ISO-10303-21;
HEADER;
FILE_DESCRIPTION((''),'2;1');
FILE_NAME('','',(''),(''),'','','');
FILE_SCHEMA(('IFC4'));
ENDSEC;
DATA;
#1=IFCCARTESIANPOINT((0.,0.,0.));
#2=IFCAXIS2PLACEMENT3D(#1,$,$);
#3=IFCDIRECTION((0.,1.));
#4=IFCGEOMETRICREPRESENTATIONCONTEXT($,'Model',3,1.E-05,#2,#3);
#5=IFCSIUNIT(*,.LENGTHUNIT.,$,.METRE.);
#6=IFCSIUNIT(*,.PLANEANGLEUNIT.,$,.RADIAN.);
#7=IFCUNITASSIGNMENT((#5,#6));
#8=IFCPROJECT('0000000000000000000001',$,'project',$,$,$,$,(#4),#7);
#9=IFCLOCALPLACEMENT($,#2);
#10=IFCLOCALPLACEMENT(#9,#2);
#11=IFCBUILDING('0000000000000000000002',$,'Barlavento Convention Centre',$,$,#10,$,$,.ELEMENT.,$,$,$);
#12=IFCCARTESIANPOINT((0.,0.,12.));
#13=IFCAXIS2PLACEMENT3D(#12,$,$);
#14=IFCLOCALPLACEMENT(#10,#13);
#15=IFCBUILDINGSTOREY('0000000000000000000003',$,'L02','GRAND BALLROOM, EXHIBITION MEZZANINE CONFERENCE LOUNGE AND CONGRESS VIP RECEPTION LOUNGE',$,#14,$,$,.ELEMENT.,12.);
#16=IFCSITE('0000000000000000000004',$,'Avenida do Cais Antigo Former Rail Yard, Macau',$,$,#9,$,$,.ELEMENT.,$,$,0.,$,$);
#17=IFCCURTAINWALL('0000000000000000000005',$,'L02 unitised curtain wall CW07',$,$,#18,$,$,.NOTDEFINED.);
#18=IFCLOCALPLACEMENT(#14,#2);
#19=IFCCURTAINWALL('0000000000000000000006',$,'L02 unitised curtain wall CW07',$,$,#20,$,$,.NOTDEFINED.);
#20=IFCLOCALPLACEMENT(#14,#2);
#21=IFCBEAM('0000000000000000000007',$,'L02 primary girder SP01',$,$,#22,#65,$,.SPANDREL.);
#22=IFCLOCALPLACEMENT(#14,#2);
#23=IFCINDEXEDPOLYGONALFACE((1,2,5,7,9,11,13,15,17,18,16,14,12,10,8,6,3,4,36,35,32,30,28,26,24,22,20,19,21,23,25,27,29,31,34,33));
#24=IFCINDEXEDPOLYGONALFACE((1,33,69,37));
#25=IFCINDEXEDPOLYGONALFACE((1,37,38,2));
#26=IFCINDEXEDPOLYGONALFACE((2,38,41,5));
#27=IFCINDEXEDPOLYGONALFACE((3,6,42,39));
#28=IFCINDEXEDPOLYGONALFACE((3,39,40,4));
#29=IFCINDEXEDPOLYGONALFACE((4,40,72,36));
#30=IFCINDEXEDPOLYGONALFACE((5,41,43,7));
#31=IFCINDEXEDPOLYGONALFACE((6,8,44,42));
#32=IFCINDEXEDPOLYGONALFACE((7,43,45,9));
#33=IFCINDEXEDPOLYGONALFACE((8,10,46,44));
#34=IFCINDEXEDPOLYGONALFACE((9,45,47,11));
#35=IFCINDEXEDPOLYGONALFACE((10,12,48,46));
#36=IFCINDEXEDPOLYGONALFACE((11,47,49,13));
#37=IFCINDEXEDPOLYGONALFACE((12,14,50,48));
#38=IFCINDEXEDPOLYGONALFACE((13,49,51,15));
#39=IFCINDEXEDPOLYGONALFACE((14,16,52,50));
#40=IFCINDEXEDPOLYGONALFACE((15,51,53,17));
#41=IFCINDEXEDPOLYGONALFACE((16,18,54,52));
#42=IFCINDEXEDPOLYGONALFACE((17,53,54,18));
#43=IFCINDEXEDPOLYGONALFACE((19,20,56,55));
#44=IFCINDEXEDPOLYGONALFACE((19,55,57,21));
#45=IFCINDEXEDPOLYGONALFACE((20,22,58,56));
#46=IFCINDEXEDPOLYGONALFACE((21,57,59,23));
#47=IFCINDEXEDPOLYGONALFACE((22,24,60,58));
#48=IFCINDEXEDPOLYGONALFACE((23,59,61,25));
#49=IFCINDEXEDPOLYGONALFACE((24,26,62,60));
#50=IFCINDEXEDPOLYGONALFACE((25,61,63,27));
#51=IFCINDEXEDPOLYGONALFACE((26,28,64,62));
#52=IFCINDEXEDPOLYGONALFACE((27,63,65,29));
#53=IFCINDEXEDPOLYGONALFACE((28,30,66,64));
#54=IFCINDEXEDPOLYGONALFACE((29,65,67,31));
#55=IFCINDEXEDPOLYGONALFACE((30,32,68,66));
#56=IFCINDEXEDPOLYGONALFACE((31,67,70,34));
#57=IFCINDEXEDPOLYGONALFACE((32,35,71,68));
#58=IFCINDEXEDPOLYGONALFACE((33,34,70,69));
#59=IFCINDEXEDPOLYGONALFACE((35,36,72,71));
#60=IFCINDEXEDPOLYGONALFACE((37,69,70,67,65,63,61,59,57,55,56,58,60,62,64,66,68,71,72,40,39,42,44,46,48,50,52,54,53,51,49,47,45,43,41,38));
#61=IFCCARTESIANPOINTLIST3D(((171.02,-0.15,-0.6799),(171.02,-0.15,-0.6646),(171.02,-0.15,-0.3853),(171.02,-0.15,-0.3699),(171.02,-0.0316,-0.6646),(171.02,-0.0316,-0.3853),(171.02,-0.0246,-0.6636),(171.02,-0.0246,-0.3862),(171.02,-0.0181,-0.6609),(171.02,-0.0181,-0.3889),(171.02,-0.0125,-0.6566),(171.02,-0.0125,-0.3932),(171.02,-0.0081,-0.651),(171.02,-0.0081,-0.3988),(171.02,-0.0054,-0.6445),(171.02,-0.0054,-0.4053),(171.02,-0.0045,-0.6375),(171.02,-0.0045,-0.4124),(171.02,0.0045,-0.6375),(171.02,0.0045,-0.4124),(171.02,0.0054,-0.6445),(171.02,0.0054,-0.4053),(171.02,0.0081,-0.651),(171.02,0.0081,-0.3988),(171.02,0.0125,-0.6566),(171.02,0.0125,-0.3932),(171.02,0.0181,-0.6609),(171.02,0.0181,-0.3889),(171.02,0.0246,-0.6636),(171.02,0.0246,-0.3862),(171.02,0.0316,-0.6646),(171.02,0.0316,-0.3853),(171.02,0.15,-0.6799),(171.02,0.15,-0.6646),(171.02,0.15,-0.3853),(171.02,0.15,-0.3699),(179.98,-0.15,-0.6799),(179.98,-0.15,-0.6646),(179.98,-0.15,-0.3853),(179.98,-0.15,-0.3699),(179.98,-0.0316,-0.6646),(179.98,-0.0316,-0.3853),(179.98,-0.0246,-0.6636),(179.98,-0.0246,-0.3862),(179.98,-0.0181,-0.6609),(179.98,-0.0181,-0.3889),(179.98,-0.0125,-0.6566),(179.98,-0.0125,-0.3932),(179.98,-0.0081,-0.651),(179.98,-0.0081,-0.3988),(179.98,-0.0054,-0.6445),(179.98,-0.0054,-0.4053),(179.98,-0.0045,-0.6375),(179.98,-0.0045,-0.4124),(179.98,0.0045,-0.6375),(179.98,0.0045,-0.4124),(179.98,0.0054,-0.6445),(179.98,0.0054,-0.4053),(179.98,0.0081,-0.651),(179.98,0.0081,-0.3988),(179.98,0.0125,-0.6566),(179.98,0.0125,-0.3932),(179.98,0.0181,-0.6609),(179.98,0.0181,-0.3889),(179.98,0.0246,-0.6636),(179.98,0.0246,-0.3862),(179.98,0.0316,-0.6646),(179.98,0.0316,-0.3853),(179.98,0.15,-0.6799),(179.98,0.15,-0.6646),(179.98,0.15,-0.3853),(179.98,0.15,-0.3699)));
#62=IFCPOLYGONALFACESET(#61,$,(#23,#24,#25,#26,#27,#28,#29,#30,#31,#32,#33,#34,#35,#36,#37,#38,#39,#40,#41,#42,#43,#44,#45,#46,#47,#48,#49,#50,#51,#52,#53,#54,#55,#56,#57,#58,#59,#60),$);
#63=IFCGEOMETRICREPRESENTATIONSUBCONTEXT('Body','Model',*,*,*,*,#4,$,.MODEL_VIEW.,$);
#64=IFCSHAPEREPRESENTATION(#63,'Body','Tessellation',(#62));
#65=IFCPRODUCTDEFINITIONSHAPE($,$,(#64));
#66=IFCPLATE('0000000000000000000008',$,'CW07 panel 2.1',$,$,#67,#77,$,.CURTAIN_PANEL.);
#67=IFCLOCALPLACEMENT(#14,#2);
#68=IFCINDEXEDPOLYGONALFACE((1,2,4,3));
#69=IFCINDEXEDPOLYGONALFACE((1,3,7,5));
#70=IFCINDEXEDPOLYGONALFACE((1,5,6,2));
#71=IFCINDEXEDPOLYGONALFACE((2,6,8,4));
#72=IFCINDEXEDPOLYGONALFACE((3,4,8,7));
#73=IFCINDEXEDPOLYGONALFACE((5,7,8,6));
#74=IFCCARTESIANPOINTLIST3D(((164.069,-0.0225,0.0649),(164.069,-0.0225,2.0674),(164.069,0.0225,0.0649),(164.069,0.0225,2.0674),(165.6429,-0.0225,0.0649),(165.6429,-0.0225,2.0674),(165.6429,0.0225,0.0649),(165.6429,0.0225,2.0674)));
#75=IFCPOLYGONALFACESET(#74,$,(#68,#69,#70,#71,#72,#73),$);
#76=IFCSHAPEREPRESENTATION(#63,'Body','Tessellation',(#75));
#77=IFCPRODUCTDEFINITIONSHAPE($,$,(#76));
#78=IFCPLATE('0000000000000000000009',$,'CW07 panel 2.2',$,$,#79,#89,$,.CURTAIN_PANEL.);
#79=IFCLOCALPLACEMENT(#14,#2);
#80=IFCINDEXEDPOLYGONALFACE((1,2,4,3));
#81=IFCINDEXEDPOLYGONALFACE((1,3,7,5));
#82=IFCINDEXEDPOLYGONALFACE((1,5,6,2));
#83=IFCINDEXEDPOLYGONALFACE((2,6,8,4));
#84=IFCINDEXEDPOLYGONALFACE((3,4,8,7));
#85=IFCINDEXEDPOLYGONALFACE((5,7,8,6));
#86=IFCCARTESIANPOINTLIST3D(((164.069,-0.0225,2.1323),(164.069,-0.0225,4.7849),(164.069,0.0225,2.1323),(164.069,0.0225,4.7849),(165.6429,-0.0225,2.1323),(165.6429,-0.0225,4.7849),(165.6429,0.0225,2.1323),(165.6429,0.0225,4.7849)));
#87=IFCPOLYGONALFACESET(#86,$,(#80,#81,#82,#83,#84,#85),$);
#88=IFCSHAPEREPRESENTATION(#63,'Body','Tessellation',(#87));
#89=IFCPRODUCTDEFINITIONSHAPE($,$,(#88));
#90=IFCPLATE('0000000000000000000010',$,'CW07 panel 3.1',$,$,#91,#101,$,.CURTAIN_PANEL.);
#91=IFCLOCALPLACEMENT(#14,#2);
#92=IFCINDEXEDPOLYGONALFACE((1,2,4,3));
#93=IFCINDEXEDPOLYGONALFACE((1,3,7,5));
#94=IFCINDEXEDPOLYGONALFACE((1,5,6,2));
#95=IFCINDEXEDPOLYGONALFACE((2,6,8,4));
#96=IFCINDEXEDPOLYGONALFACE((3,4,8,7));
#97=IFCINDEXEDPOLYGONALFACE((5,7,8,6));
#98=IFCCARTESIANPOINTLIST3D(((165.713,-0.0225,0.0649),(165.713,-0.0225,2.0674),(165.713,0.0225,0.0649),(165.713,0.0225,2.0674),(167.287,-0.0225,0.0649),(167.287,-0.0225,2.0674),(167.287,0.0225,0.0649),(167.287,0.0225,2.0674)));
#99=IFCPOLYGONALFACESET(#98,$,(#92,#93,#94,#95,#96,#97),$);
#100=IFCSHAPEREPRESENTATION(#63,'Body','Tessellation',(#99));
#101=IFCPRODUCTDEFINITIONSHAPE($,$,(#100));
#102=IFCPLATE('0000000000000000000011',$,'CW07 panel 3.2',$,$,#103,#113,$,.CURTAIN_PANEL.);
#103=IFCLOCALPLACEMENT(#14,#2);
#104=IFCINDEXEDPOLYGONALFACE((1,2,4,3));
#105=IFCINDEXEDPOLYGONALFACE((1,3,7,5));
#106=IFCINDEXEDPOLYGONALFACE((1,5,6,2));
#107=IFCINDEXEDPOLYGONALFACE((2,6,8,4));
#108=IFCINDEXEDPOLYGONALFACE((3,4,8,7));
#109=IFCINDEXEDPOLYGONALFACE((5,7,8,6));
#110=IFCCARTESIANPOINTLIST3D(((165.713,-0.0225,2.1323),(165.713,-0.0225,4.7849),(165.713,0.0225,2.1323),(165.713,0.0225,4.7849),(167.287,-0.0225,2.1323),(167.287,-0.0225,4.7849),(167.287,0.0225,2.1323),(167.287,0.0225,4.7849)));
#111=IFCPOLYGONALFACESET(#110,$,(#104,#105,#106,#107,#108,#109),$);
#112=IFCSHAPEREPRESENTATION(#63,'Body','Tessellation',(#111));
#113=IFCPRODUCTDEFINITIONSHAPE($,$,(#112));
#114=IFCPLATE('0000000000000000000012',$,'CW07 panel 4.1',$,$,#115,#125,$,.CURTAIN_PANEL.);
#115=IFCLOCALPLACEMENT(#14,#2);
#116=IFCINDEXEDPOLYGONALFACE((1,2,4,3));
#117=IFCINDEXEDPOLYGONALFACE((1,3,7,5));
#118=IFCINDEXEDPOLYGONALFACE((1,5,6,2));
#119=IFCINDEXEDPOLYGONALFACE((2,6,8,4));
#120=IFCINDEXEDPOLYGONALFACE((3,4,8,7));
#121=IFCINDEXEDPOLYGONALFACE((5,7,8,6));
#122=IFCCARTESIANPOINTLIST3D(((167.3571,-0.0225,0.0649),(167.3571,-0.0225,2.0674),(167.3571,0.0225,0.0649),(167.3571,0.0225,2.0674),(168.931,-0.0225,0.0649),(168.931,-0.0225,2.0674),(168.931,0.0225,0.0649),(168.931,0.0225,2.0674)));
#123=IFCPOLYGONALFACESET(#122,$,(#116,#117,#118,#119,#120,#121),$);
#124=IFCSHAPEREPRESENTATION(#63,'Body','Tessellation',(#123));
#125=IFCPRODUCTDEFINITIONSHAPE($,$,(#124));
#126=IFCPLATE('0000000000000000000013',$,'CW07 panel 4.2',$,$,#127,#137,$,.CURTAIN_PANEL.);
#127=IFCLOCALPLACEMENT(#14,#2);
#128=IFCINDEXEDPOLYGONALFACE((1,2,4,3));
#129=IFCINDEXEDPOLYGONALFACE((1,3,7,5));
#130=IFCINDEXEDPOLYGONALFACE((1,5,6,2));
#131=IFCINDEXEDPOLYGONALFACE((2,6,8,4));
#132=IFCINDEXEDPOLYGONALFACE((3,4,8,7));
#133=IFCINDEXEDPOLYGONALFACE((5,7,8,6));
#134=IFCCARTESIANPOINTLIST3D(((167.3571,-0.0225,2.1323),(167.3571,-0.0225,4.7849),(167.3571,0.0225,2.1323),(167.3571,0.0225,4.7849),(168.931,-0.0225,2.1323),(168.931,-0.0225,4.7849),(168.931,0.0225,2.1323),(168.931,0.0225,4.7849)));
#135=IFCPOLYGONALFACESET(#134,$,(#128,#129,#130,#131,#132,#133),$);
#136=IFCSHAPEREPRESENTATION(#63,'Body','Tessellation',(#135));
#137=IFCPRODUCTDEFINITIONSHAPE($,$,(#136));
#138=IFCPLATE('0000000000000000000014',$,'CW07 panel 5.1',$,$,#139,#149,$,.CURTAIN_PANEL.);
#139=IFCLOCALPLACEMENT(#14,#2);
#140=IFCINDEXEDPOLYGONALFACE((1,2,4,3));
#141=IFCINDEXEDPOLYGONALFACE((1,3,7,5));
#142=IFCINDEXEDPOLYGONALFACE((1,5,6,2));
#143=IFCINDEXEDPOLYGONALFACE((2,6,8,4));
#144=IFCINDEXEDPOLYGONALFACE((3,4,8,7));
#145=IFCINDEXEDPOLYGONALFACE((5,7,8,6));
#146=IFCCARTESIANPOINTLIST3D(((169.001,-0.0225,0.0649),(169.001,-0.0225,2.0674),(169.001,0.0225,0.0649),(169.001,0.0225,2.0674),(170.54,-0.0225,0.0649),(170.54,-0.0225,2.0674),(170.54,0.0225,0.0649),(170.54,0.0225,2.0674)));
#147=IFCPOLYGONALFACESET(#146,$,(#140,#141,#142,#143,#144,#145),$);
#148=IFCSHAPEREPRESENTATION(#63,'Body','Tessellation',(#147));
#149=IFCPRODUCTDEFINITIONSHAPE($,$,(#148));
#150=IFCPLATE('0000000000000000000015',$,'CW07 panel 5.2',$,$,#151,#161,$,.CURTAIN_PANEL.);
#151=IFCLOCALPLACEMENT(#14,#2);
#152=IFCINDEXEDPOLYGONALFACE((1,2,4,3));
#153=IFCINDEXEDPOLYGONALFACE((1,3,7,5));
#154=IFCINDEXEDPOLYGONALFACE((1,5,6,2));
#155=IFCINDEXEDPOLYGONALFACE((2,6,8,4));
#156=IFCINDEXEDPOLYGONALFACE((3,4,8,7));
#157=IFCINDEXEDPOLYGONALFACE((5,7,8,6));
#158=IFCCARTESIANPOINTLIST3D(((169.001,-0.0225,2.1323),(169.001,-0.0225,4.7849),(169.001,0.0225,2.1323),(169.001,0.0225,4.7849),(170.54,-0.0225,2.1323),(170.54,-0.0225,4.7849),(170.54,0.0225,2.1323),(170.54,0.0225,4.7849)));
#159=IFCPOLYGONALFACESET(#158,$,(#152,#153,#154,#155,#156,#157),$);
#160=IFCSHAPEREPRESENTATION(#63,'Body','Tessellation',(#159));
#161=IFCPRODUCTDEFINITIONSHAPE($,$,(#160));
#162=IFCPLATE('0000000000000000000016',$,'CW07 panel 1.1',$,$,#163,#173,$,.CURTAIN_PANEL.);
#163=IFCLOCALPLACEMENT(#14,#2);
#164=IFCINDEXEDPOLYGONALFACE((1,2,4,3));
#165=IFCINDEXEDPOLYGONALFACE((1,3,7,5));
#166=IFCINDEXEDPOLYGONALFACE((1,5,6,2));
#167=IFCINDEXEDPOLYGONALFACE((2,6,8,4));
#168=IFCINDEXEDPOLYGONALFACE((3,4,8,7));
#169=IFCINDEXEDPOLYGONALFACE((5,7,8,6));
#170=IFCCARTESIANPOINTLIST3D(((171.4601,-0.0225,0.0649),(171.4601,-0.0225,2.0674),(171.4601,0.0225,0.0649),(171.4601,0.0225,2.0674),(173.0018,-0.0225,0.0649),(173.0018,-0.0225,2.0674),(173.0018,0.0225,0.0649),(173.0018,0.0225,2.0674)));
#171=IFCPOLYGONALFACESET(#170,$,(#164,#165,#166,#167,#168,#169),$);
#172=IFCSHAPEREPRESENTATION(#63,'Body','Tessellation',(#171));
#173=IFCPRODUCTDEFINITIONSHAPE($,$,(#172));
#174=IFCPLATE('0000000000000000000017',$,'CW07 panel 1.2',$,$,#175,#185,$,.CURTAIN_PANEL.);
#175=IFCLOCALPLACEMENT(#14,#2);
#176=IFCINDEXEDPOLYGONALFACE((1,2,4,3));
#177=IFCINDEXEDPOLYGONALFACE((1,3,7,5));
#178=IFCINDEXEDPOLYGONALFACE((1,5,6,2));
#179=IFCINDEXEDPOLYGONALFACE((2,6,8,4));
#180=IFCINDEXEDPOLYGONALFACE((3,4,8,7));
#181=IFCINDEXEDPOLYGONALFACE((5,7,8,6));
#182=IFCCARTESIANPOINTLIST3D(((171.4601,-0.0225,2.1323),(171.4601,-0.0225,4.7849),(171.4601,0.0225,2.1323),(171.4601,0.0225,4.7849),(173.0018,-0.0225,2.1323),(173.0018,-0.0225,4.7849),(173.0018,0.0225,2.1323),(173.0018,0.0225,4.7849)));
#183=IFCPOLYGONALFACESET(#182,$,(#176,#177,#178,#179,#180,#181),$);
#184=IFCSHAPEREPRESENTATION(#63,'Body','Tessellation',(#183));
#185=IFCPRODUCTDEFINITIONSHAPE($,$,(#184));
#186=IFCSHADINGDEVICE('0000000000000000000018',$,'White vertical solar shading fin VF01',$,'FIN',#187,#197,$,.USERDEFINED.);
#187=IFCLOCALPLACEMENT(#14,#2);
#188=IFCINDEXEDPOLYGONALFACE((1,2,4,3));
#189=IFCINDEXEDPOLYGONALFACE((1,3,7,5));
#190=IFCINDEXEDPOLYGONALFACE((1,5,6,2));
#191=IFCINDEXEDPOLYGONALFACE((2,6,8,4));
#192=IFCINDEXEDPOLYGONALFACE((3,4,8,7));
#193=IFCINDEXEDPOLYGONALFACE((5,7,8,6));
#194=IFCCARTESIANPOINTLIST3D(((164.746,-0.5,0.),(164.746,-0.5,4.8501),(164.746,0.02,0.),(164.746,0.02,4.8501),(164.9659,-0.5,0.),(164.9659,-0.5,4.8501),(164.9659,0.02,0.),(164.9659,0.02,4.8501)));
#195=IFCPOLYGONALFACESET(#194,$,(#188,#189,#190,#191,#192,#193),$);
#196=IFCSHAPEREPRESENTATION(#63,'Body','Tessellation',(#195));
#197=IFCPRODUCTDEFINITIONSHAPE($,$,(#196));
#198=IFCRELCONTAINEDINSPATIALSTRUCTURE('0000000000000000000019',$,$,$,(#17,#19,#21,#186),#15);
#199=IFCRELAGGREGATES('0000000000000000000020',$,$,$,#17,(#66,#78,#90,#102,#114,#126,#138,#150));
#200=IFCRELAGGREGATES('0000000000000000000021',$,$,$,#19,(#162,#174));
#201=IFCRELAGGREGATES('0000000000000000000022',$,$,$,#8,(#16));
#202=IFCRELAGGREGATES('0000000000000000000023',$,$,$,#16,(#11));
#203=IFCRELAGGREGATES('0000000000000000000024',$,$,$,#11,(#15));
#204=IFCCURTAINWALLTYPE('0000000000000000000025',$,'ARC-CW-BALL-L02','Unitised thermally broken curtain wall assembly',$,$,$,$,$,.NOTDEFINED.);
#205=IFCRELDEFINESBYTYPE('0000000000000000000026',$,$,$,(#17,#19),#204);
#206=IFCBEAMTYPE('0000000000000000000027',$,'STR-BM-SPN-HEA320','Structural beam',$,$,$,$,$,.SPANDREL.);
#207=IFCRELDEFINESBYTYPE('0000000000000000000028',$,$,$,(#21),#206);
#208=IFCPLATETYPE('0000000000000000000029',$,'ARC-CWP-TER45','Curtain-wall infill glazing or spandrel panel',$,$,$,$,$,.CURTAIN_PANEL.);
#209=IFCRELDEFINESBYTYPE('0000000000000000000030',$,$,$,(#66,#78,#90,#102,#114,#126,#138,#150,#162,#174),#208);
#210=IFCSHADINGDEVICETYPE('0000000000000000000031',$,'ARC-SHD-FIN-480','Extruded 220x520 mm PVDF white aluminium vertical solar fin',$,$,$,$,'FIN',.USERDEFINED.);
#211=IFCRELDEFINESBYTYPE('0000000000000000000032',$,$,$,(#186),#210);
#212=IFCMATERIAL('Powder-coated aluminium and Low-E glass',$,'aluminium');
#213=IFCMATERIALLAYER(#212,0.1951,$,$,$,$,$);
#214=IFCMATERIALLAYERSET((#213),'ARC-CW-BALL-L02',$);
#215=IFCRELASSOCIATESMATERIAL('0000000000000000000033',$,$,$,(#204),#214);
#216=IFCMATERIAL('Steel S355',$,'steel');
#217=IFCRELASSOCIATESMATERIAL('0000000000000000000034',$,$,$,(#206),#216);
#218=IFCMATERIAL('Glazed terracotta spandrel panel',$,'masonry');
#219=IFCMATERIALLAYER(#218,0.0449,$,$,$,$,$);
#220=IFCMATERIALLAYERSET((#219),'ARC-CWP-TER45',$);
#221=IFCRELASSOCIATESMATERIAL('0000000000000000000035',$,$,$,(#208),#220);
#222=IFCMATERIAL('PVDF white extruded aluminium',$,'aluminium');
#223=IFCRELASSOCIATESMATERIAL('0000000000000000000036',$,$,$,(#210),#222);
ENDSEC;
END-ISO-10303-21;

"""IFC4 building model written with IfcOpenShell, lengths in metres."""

from ifc_helpers import new_model, si_unit, direction, frame, origin, origin_2d, place, context, subcontext, project, spatial, rectangle, i_section, extrude, material, layer, layer_set, material_profile, profile_set, type_object, element, aggregate, save


model = new_model("IFC4")

# Units and contexts
model_context = context("Model", 3, precision=1e-05, world=origin(), true_north=direction((0.0, 1.0)))
body_context = subcontext(model_context, "Body", "Model", "MODEL_VIEW")
ifc_project = project(units=[si_unit("LENGTHUNIT", "METRE"), si_unit("PLANEANGLEUNIT", "RADIAN")], contexts=[model_context])

# Site, building, storey
site_placement = place(None, origin())
site = spatial("IfcSite", under=ifc_project, at=site_placement, Name="Avenida do Cais Antigo Former Rail Yard, Macau", CompositionType="ELEMENT", RefElevation=0.0)
building_placement = place(site_placement, origin())
building = spatial("IfcBuilding", under=site, at=building_placement, Name="Barlavento Convention Centre", CompositionType="ELEMENT")
storey_placement = place(building_placement, frame((0.0, 0.0, 12.0)))
storey = spatial("IfcBuildingStorey", under=building, at=storey_placement, Name="L02", Description="GRAND BALLROOM, EXHIBITION MEZZANINE CONFERENCE LOUNGE AND CONGRESS VIP RECEPTION LOUNGE", CompositionType="ELEMENT", Elevation=12.0)

# Curtain wall
ifc_material_1 = material(Name="Powder-coated aluminium and Low-E glass", Category="aluminium")
ifc_layer_1 = layer(ifc_material_1, 0.1951)
ifc_layer_set_1 = layer_set([ifc_layer_1], Name="ARC-CW-BALL-L02")
curtain_wall_type = type_object("IfcCurtainWallType", Name="ARC-CW-BALL-L02", Description="Unitised thermally broken curtain wall assembly", PredefinedType="NOTDEFINED", material=ifc_layer_set_1)
curtain_wall_1_placement = place(storey_placement, origin())
curtain_wall_1 = element("IfcCurtainWall", 1, at=curtain_wall_1_placement, inside=storey, type_object=curtain_wall_type, Name="L02 unitised curtain wall CW07", PredefinedType="NOTDEFINED")

# Curtain wall
curtain_wall_2_placement = place(storey_placement, origin())
curtain_wall_2 = element("IfcCurtainWall", 2, at=curtain_wall_2_placement, inside=storey, type_object=curtain_wall_type, Name="L02 unitised curtain wall CW07", PredefinedType="NOTDEFINED")

# Beam
ifc_material_2 = material(Name="Steel S355", Category="steel")
ifc_material_profile_1 = material_profile(ifc_material_2, i_section(OverallWidth=0.3, OverallDepth=0.3101, WebThickness=0.009, FlangeThickness=0.0154, FilletRadius=0.0271, at=origin_2d()), Name="HEA 320")
ifc_profile_set_1 = profile_set([ifc_material_profile_1], Name="Steel S355")
beam_type = type_object("IfcBeamType", Name="STR-BM-SPN-HEA320", Description="Structural beam", PredefinedType="SPANDREL", material=ifc_profile_set_1)
beam_placement = place(storey_placement, frame((171.02, 0.0, -0.5249), z_axis=(1.0, 0.0, 0.0), x_axis=(0.0, 1.0, 0.0)))
element("IfcBeam", 3, at=beam_placement, inside=storey, type_object=beam_type, Name="L02 primary girder SP01", PredefinedType="SPANDREL", context=body_context, shape_type="SweptSolid", body=[
    extrude(i_section(OverallWidth=0.3, OverallDepth=0.3101, WebThickness=0.009, FlangeThickness=0.0154, FilletRadius=0.0271, at=origin_2d()), origin(), (0.0, 0.0, 1.0), 8.96),
])

# Plates
ifc_material_3 = material(Name="Glazed terracotta spandrel panel", Category="masonry")
ifc_layer_2 = layer(ifc_material_3, 0.0449)
ifc_layer_set_2 = layer_set([ifc_layer_2], Name="ARC-CWP-TER45")
plate_type = type_object("IfcPlateType", Name="ARC-CWP-TER45", Description="Curtain-wall infill glazing or spandrel panel", PredefinedType="CURTAIN_PANEL", material=ifc_layer_set_2)
plate_1_placement = place(storey_placement, frame((164.856, 0.0, 0.0649), z_axis=(0.0, 0.0, 1.0), x_axis=(1.0, 0.0, 0.0)))
plate_1 = element("IfcPlate", 4, at=plate_1_placement, type_object=plate_type, Name="CW07 panel 2.1", PredefinedType="CURTAIN_PANEL", context=body_context, shape_type="SweptSolid", body=[
    extrude(rectangle(XDim=1.574, YDim=0.0449, at=origin_2d()), origin(), (0.0, 0.0, 1.0), 2.0024),
])
plate_2_placement = place(storey_placement, frame((164.856, 0.0, 2.1323), z_axis=(0.0, 0.0, 1.0), x_axis=(1.0, 0.0, 0.0)))
plate_2 = element("IfcPlate", 5, at=plate_2_placement, type_object=plate_type, Name="CW07 panel 2.2", PredefinedType="CURTAIN_PANEL", context=body_context, shape_type="SweptSolid", body=[
    extrude(rectangle(XDim=1.574, YDim=0.0449, at=origin_2d()), origin(), (0.0, 0.0, 1.0), 2.6526),
])
plate_3_placement = place(storey_placement, frame((166.5, 0.0, 0.0649), z_axis=(0.0, 0.0, 1.0), x_axis=(1.0, 0.0, 0.0)))
plate_3 = element("IfcPlate", 6, at=plate_3_placement, type_object=plate_type, Name="CW07 panel 3.1", PredefinedType="CURTAIN_PANEL", context=body_context, shape_type="SweptSolid", body=[
    extrude(rectangle(XDim=1.574, YDim=0.0449, at=origin_2d()), origin(), (0.0, 0.0, 1.0), 2.0024),
])
plate_4_placement = place(storey_placement, frame((166.5, 0.0, 2.1323), z_axis=(0.0, 0.0, 1.0), x_axis=(1.0, 0.0, 0.0)))
plate_4 = element("IfcPlate", 7, at=plate_4_placement, type_object=plate_type, Name="CW07 panel 3.2", PredefinedType="CURTAIN_PANEL", context=body_context, shape_type="SweptSolid", body=[
    extrude(rectangle(XDim=1.574, YDim=0.0449, at=origin_2d()), origin(), (0.0, 0.0, 1.0), 2.6526),
])
plate_5_placement = place(storey_placement, frame((168.144, 0.0, 0.0649), z_axis=(0.0, 0.0, 1.0), x_axis=(1.0, 0.0, 0.0)))
plate_5 = element("IfcPlate", 8, at=plate_5_placement, type_object=plate_type, Name="CW07 panel 4.1", PredefinedType="CURTAIN_PANEL", context=body_context, shape_type="SweptSolid", body=[
    extrude(rectangle(XDim=1.574, YDim=0.0449, at=origin_2d()), origin(), (0.0, 0.0, 1.0), 2.0024),
])
plate_6_placement = place(storey_placement, frame((168.144, 0.0, 2.1323), z_axis=(0.0, 0.0, 1.0), x_axis=(1.0, 0.0, 0.0)))
plate_6 = element("IfcPlate", 9, at=plate_6_placement, type_object=plate_type, Name="CW07 panel 4.2", PredefinedType="CURTAIN_PANEL", context=body_context, shape_type="SweptSolid", body=[
    extrude(rectangle(XDim=1.574, YDim=0.0449, at=origin_2d()), origin(), (0.0, 0.0, 1.0), 2.6526),
])
plate_7_placement = place(storey_placement, frame((169.7705, 0.0, 0.0649), z_axis=(0.0, 0.0, 1.0), x_axis=(1.0, 0.0, 0.0)))
plate_7 = element("IfcPlate", 10, at=plate_7_placement, type_object=plate_type, Name="CW07 panel 5.1", PredefinedType="CURTAIN_PANEL", context=body_context, shape_type="SweptSolid", body=[
    extrude(rectangle(XDim=1.5391, YDim=0.0449, at=origin_2d()), origin(), (0.0, 0.0, 1.0), 2.0024),
])
plate_8_placement = place(storey_placement, frame((169.7705, 0.0, 2.1323), z_axis=(0.0, 0.0, 1.0), x_axis=(1.0, 0.0, 0.0)))
plate_8 = element("IfcPlate", 11, at=plate_8_placement, type_object=plate_type, Name="CW07 panel 5.2", PredefinedType="CURTAIN_PANEL", context=body_context, shape_type="SweptSolid", body=[
    extrude(rectangle(XDim=1.5391, YDim=0.0449, at=origin_2d()), origin(), (0.0, 0.0, 1.0), 2.6526),
])
aggregate(curtain_wall_1, [plate_1, plate_2, plate_3, plate_4, plate_5, plate_6, plate_7, plate_8])
plate_9_placement = place(storey_placement, frame((172.231, 0.0, 0.0649), z_axis=(0.0, 0.0, 1.0), x_axis=(1.0, 0.0, 0.0)))
plate_9 = element("IfcPlate", 12, at=plate_9_placement, type_object=plate_type, Name="CW07 panel 1.1", PredefinedType="CURTAIN_PANEL", context=body_context, shape_type="SweptSolid", body=[
    extrude(rectangle(XDim=1.5417, YDim=0.0449, at=origin_2d()), origin(), (0.0, 0.0, 1.0), 2.0024),
])
plate_10_placement = place(storey_placement, frame((172.231, 0.0, 2.1323), z_axis=(0.0, 0.0, 1.0), x_axis=(1.0, 0.0, 0.0)))
plate_10 = element("IfcPlate", 13, at=plate_10_placement, type_object=plate_type, Name="CW07 panel 1.2", PredefinedType="CURTAIN_PANEL", context=body_context, shape_type="SweptSolid", body=[
    extrude(rectangle(XDim=1.5417, YDim=0.0449, at=origin_2d()), origin(), (0.0, 0.0, 1.0), 2.6526),
])
aggregate(curtain_wall_2, [plate_9, plate_10])

# Shading device
ifc_material_4 = material(Name="PVDF white extruded aluminium", Category="aluminium")
shading_device_type = type_object("IfcShadingDeviceType", Name="ARC-SHD-FIN-480", Description="Extruded 220x520 mm PVDF white aluminium vertical solar fin", ElementType="FIN", PredefinedType="USERDEFINED", material=ifc_material_4)
for number, where, z_axis, x_axis, name in (
    (14, (164.856, -0.24, 0.0), (0.0, 0.0, 1.0), (1.0, 0.0, 0.0), "White vertical solar shading fin VF01"),
):
    element("IfcShadingDevice", number, at=place(storey_placement, frame(where, z_axis=z_axis, x_axis=x_axis)), inside=storey, type_object=shading_device_type, Name=name, ObjectType="FIN", PredefinedType="USERDEFINED", context=body_context, shape_type="SweptSolid", body=[
        extrude(rectangle(XDim=0.22, YDim=0.52, at=origin_2d()), origin(), (0.0, 0.0, 1.0), 4.8501),
    ])

save(model, "model.ifc")
